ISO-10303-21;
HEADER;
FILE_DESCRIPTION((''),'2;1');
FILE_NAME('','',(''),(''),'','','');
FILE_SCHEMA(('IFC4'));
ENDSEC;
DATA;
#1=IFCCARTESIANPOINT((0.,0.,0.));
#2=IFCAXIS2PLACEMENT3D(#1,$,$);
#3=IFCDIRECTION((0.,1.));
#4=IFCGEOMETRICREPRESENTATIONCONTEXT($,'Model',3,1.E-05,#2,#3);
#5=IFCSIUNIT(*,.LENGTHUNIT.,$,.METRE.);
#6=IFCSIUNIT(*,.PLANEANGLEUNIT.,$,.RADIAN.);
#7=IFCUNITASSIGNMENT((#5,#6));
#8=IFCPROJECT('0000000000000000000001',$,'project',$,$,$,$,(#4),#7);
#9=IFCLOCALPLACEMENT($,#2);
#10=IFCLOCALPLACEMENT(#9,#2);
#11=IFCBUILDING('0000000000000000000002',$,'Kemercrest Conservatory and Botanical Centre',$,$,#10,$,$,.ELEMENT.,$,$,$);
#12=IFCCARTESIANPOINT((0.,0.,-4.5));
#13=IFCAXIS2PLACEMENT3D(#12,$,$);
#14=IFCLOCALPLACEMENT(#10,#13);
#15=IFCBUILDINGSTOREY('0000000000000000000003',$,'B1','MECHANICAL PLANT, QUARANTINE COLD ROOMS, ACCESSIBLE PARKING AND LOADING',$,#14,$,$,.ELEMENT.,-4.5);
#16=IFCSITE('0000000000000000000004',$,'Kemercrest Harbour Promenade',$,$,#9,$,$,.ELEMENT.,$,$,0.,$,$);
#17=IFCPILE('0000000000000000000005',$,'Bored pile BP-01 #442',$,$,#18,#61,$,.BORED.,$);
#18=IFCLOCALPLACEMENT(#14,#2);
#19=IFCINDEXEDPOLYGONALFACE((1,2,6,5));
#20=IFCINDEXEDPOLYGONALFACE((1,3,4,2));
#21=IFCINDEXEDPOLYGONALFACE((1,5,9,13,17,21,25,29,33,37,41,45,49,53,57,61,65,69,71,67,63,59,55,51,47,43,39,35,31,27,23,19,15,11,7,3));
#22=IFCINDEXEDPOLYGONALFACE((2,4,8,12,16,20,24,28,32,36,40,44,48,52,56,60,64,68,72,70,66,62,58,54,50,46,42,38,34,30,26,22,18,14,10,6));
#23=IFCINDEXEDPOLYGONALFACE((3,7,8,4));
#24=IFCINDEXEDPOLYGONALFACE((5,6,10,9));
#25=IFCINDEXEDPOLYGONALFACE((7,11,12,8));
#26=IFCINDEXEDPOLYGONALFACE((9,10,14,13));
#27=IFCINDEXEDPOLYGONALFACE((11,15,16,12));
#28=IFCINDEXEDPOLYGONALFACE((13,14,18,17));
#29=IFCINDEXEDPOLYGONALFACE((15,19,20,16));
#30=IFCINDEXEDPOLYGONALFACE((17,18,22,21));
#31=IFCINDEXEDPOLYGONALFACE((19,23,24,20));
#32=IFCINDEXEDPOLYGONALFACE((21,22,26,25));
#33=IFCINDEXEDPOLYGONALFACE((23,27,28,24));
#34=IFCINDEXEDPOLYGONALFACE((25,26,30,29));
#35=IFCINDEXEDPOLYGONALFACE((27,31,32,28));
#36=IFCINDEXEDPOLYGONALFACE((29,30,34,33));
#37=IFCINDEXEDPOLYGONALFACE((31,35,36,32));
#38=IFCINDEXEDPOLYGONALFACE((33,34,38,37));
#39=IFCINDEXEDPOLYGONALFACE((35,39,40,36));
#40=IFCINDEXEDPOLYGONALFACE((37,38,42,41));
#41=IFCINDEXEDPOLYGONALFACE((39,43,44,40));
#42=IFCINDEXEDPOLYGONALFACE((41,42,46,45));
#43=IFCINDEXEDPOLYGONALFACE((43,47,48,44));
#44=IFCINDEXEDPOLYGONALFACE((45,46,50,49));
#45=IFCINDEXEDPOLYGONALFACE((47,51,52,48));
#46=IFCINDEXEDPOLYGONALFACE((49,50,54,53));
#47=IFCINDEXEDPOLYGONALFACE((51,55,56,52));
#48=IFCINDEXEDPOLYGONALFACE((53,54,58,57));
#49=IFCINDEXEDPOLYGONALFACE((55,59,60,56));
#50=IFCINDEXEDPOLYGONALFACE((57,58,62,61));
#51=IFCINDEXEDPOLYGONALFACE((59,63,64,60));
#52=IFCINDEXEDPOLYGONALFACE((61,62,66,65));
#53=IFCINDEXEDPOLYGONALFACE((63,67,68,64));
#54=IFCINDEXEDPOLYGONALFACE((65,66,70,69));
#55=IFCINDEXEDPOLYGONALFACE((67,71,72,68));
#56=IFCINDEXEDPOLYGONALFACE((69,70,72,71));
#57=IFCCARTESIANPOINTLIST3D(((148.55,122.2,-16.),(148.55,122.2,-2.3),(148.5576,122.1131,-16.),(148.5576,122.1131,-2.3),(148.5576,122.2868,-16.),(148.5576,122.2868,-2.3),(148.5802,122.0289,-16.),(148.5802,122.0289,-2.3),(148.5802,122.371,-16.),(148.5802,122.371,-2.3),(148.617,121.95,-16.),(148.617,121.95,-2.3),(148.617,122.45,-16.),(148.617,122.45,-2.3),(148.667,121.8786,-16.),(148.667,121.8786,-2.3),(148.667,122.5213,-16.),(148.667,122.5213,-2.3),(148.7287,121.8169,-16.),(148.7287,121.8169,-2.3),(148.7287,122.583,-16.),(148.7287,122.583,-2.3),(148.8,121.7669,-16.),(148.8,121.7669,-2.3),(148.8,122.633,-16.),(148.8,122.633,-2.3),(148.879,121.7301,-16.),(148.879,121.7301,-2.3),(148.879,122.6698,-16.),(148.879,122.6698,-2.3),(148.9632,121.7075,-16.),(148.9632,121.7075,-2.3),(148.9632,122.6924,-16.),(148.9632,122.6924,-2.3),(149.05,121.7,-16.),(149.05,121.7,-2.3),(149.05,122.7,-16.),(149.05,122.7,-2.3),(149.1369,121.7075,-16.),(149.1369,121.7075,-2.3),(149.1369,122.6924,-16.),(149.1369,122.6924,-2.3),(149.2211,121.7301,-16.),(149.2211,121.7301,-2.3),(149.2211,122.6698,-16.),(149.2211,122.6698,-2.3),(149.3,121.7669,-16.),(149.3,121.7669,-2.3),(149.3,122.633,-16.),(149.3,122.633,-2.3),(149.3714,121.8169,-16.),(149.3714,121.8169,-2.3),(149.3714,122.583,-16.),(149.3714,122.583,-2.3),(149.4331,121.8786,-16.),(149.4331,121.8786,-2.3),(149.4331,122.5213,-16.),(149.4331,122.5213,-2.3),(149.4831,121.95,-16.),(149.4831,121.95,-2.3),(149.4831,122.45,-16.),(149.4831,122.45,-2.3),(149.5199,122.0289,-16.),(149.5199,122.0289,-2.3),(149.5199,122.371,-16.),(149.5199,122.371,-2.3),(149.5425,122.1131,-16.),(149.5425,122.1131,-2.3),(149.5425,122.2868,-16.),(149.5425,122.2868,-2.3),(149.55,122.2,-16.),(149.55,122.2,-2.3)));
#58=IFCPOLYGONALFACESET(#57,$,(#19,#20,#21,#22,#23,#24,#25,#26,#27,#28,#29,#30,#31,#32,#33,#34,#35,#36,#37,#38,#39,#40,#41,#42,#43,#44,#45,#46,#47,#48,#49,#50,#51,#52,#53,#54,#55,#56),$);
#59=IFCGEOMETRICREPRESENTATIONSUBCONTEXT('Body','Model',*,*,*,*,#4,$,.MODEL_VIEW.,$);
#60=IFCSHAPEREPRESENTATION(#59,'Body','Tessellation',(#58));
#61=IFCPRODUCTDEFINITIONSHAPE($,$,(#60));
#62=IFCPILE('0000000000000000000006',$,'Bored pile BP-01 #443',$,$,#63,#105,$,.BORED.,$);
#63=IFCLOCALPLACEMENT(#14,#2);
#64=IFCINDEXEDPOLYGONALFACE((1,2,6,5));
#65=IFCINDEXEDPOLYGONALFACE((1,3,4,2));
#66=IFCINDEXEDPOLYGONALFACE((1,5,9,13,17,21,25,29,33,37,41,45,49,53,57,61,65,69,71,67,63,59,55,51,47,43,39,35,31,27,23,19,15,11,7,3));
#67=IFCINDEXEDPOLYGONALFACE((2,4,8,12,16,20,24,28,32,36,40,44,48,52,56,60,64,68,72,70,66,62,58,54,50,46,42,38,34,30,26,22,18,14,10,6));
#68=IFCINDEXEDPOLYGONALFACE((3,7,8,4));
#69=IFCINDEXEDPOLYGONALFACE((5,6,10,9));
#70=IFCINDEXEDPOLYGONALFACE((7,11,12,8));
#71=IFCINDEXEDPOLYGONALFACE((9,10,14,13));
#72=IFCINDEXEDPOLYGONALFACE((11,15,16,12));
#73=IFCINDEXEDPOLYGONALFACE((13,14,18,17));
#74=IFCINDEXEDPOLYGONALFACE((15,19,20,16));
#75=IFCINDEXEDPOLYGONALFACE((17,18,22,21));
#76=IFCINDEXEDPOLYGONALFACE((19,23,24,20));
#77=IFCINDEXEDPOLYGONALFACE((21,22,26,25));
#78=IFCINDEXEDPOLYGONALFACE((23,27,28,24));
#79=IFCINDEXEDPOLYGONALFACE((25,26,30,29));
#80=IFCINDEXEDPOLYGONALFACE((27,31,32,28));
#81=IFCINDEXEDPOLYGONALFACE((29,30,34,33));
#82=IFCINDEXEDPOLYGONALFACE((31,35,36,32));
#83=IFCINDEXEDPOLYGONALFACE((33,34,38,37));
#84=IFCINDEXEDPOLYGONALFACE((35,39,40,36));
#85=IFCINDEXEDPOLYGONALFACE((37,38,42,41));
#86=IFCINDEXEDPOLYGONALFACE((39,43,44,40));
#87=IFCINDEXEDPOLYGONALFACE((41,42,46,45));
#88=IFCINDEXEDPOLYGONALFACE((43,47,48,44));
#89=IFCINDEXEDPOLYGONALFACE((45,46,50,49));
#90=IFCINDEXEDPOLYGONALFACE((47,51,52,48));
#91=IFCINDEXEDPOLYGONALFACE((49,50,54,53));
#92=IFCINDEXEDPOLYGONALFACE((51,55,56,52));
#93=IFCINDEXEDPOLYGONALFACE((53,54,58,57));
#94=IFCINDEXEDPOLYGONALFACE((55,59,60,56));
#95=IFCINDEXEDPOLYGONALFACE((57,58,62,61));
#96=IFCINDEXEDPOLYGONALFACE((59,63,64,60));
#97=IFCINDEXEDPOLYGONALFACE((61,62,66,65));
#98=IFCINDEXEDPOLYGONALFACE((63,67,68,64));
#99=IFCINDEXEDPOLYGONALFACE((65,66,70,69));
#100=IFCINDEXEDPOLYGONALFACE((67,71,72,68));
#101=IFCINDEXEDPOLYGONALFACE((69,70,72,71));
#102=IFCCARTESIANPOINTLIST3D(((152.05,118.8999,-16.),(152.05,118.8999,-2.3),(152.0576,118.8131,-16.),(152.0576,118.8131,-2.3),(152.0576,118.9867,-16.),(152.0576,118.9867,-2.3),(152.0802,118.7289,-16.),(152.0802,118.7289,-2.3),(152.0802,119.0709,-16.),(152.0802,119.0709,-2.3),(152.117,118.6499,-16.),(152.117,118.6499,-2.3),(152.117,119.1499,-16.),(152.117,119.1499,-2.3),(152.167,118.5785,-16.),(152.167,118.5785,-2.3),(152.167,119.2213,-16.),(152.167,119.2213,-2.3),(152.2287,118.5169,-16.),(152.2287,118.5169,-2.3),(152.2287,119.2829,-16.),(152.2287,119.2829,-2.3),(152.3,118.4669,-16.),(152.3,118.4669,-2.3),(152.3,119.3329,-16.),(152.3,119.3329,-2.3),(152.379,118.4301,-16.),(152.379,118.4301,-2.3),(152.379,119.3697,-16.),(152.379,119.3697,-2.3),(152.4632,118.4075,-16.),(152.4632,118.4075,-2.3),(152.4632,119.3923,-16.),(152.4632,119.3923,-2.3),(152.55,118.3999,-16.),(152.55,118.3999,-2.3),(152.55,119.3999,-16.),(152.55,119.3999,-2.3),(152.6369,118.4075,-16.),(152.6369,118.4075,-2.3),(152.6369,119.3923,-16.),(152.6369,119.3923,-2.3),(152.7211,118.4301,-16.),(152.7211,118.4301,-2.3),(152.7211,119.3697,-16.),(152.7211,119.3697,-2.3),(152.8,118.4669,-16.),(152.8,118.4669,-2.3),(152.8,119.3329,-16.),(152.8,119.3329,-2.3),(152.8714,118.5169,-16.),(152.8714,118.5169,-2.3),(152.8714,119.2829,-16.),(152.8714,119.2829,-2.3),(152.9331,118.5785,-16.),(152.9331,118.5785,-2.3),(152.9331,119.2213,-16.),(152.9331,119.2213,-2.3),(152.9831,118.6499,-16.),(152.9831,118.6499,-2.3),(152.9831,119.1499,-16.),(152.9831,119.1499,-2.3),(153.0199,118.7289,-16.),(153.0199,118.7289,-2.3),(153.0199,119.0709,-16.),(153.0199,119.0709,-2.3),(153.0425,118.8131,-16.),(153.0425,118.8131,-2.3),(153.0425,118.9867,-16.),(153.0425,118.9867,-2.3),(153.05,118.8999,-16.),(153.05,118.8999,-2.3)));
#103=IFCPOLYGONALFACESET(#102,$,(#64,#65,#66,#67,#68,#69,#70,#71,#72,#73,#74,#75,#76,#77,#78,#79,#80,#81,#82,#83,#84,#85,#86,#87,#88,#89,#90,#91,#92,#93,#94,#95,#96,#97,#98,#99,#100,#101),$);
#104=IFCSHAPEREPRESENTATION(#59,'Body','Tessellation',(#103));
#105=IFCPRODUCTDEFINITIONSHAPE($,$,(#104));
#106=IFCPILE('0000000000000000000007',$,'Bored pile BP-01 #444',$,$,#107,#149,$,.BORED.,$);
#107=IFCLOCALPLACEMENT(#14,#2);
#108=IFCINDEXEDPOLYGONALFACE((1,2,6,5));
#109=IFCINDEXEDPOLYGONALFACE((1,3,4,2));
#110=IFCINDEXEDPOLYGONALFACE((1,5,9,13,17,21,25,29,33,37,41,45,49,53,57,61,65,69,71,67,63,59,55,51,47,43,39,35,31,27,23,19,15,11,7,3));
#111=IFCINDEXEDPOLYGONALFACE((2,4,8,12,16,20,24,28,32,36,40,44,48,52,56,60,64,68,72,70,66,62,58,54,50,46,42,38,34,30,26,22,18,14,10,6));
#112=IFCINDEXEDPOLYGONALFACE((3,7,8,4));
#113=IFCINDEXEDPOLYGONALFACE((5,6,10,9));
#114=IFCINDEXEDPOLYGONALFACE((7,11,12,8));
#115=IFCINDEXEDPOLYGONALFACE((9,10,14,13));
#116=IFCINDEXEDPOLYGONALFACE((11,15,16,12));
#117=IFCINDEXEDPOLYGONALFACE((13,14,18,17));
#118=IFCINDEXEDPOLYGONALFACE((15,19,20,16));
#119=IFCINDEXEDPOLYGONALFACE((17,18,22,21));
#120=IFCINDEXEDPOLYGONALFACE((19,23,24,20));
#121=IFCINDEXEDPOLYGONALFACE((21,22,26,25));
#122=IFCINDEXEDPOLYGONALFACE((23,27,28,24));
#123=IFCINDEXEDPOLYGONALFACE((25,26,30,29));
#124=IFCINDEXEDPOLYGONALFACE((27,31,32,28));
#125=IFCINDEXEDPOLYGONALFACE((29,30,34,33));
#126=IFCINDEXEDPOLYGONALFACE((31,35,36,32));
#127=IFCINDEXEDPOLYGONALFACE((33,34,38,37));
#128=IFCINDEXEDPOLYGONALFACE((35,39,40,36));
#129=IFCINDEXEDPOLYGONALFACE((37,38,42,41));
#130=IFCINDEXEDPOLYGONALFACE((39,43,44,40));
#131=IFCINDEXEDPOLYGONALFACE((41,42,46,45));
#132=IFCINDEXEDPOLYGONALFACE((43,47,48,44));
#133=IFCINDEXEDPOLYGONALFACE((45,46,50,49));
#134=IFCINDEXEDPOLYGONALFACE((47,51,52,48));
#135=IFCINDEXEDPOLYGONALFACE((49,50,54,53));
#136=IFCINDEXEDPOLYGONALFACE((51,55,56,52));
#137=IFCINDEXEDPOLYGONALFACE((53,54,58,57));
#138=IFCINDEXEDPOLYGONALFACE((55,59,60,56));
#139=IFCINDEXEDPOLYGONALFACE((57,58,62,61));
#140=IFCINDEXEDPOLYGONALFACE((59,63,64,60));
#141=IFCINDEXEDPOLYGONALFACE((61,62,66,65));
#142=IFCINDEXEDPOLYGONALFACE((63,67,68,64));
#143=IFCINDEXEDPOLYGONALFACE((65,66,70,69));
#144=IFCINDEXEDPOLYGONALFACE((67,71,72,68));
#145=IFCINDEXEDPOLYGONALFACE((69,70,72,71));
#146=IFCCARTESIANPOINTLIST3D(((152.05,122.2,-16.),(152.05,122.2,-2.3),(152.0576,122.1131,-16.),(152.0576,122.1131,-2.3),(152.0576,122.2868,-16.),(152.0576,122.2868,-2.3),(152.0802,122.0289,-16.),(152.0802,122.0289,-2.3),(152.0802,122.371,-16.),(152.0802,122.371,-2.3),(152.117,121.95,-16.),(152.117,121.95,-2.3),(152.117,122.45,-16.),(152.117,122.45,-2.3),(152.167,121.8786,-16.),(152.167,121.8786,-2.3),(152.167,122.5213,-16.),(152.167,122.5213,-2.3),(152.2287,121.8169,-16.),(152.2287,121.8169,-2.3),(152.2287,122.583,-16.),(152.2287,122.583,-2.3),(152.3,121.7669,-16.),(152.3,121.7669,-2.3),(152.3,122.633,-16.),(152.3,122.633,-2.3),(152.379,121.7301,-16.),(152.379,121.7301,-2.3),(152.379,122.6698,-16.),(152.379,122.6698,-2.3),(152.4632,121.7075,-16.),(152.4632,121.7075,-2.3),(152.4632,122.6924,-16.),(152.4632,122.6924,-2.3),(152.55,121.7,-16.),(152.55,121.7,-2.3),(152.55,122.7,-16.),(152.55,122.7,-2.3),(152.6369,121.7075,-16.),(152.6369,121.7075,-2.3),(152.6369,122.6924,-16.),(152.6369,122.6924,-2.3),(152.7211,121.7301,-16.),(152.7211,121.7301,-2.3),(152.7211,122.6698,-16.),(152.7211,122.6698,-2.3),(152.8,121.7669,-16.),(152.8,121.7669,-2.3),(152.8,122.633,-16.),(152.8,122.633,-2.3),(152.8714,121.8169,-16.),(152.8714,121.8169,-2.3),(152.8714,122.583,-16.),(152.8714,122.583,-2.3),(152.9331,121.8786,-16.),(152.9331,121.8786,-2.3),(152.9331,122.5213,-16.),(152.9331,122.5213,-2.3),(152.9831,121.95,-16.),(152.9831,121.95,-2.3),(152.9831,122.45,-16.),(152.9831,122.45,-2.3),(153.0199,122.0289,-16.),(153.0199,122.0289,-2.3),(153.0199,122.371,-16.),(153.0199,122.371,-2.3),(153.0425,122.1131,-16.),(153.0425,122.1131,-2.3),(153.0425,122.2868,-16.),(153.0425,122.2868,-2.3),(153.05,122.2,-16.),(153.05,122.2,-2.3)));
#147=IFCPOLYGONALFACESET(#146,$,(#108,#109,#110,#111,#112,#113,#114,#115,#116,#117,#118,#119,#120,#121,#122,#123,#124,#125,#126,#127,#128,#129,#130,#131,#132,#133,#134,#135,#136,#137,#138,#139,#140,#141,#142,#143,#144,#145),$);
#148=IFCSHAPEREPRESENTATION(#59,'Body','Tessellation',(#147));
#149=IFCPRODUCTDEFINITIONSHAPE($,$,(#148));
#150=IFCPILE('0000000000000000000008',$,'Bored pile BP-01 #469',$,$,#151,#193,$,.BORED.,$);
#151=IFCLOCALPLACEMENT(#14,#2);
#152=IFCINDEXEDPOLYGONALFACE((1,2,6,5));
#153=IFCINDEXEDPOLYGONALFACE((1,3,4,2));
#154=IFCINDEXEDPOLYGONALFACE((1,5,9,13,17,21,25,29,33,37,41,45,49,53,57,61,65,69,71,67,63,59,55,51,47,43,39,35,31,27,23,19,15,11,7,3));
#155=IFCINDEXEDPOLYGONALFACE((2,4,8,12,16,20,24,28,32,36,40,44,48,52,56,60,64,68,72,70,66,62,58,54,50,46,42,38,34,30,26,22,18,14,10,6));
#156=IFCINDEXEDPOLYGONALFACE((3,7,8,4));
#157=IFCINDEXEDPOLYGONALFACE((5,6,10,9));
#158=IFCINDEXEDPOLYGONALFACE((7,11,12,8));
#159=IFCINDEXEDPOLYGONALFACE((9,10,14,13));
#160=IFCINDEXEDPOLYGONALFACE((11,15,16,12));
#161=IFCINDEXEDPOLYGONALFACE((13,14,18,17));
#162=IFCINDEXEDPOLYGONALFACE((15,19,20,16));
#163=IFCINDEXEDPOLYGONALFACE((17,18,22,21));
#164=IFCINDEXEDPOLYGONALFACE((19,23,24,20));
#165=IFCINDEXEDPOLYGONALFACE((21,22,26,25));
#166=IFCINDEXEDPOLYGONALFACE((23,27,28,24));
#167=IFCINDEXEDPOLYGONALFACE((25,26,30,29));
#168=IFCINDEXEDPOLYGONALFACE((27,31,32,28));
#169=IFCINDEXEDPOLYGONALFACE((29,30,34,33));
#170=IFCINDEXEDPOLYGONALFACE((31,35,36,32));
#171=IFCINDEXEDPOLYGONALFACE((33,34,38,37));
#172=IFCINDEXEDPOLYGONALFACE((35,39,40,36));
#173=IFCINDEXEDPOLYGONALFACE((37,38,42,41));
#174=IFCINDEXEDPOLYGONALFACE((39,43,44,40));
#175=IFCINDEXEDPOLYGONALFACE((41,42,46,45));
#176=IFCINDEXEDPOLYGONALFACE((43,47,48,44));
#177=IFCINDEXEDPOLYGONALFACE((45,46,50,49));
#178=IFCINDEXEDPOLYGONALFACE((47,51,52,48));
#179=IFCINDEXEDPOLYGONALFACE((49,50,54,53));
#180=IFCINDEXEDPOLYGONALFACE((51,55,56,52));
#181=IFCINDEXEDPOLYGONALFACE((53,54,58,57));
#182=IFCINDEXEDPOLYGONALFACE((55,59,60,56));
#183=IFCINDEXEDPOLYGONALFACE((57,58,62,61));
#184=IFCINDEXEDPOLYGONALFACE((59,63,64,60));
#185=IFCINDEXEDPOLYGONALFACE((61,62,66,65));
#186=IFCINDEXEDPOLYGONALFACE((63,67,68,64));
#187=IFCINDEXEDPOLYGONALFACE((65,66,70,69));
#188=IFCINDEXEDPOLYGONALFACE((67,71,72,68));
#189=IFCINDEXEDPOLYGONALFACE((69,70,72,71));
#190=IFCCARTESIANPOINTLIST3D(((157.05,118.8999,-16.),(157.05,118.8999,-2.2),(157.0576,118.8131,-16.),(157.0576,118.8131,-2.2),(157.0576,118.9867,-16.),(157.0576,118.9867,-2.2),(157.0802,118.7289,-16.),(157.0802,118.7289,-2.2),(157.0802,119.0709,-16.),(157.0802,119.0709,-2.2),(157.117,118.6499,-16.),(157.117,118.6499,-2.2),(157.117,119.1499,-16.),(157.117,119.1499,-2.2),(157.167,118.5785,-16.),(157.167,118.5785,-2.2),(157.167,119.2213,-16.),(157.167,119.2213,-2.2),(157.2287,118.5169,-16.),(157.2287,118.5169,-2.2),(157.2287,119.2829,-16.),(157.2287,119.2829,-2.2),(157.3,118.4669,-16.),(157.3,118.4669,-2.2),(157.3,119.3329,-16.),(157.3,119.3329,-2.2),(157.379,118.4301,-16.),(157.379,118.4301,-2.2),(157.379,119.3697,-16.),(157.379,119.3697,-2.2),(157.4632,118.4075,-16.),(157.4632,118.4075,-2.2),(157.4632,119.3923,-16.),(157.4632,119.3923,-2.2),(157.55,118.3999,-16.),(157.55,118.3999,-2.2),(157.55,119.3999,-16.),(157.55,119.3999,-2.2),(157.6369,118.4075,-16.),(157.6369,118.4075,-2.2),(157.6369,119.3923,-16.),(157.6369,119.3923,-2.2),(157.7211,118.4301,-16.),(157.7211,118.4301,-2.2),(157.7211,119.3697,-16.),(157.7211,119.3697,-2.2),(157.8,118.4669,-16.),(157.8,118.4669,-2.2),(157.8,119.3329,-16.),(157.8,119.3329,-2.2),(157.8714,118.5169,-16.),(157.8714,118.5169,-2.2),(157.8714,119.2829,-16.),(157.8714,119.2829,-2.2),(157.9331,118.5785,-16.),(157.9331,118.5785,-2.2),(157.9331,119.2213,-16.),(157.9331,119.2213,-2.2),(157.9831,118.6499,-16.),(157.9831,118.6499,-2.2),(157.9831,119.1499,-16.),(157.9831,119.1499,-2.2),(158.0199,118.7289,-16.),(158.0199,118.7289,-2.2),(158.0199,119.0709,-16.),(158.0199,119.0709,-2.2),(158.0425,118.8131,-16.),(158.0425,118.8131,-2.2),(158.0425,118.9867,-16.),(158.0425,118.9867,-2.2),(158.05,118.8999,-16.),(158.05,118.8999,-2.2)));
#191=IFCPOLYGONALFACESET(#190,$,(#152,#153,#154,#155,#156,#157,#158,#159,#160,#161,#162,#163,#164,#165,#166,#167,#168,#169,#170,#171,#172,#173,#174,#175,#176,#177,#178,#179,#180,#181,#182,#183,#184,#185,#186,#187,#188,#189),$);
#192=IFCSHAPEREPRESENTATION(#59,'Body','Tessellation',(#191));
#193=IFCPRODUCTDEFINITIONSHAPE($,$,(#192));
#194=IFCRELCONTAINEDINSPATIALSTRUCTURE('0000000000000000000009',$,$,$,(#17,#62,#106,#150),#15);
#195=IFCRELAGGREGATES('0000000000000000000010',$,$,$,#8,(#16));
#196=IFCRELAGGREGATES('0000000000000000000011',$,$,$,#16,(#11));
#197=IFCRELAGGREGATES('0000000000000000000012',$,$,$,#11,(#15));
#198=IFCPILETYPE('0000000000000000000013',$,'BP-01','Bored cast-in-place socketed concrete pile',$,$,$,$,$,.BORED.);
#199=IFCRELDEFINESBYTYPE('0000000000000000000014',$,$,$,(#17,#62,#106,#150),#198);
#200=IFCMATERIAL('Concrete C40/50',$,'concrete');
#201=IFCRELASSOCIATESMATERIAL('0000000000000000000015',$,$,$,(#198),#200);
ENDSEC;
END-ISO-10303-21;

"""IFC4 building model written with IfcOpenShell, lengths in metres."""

from ifc_helpers import new_model, si_unit, direction, frame, origin, origin_2d, place, context, subcontext, project, spatial, circle, extrude, material, material_profile, profile_set, type_object, element, save


model = new_model("IFC4")

# Units and contexts
model_context = context("Model", 3, precision=1e-05, world=origin(), true_north=direction((0.0, 1.0)))
body_context = subcontext(model_context, "Body", "Model", "MODEL_VIEW")
ifc_project = project(units=[si_unit("LENGTHUNIT", "METRE"), si_unit("PLANEANGLEUNIT", "RADIAN")], contexts=[model_context])

# Site, building, storey
site_placement = place(None, origin())
site = spatial("IfcSite", under=ifc_project, at=site_placement, Name="Kemercrest Harbour Promenade", CompositionType="ELEMENT", RefElevation=0.0)
building_placement = place(site_placement, origin())
building = spatial("IfcBuilding", under=site, at=building_placement, Name="Kemercrest Conservatory and Botanical Centre", CompositionType="ELEMENT")
storey_placement = place(building_placement, frame((0.0, 0.0, -4.5)))
storey = spatial("IfcBuildingStorey", under=building, at=storey_placement, Name="B1", Description="MECHANICAL PLANT, QUARANTINE COLD ROOMS, ACCESSIBLE PARKING AND LOADING", CompositionType="ELEMENT", Elevation=-4.5)

# Piles
ifc_material_1 = material(Name="Concrete C40/50", Category="concrete")
ifc_material_profile_1 = material_profile(ifc_material_1, circle(Radius=0.5, at=origin_2d()), Name="BORED PILE 1000")
ifc_profile_set_1 = profile_set([ifc_material_profile_1], Name="Concrete C40/50")
pile_type = type_object("IfcPileType", Name="BP-01", Description="Bored cast-in-place socketed concrete pile", PredefinedType="BORED", material=ifc_profile_set_1)
for number, where, z_axis, x_axis, name in (
    (1, (149.05, 122.2, -2.3), (0.0, 0.0, -1.0), (1.0, 0.0, 0.0), "Bored pile BP-01 #442"),
    (2, (152.55, 118.8999, -2.3), (0.0, 0.0, -1.0), (1.0, 0.0, 0.0), "Bored pile BP-01 #443"),
    (3, (152.55, 122.2, -2.3), (0.0, 0.0, -1.0), (1.0, 0.0, 0.0), "Bored pile BP-01 #444"),
):
    element("IfcPile", number, at=place(storey_placement, frame(where, z_axis=z_axis, x_axis=x_axis)), inside=storey, type_object=pile_type, Name=name, PredefinedType="BORED", context=body_context, shape_type="SweptSolid", body=[
        extrude(circle(Radius=0.5, at=origin_2d()), origin(), (0.0, 0.0, 1.0), 13.7),
    ])
for number, where, z_axis, x_axis, name in (
    (4, (157.55, 118.8999, -2.2), (0.0, 0.0, -1.0), (1.0, 0.0, 0.0), "Bored pile BP-01 #469"),
):
    element("IfcPile", number, at=place(storey_placement, frame(where, z_axis=z_axis, x_axis=x_axis)), inside=storey, type_object=pile_type, Name=name, PredefinedType="BORED", context=body_context, shape_type="SweptSolid", body=[
        extrude(circle(Radius=0.5, at=origin_2d()), origin(), (0.0, 0.0, 1.0), 13.8),
    ])

save(model, "model.ifc")
